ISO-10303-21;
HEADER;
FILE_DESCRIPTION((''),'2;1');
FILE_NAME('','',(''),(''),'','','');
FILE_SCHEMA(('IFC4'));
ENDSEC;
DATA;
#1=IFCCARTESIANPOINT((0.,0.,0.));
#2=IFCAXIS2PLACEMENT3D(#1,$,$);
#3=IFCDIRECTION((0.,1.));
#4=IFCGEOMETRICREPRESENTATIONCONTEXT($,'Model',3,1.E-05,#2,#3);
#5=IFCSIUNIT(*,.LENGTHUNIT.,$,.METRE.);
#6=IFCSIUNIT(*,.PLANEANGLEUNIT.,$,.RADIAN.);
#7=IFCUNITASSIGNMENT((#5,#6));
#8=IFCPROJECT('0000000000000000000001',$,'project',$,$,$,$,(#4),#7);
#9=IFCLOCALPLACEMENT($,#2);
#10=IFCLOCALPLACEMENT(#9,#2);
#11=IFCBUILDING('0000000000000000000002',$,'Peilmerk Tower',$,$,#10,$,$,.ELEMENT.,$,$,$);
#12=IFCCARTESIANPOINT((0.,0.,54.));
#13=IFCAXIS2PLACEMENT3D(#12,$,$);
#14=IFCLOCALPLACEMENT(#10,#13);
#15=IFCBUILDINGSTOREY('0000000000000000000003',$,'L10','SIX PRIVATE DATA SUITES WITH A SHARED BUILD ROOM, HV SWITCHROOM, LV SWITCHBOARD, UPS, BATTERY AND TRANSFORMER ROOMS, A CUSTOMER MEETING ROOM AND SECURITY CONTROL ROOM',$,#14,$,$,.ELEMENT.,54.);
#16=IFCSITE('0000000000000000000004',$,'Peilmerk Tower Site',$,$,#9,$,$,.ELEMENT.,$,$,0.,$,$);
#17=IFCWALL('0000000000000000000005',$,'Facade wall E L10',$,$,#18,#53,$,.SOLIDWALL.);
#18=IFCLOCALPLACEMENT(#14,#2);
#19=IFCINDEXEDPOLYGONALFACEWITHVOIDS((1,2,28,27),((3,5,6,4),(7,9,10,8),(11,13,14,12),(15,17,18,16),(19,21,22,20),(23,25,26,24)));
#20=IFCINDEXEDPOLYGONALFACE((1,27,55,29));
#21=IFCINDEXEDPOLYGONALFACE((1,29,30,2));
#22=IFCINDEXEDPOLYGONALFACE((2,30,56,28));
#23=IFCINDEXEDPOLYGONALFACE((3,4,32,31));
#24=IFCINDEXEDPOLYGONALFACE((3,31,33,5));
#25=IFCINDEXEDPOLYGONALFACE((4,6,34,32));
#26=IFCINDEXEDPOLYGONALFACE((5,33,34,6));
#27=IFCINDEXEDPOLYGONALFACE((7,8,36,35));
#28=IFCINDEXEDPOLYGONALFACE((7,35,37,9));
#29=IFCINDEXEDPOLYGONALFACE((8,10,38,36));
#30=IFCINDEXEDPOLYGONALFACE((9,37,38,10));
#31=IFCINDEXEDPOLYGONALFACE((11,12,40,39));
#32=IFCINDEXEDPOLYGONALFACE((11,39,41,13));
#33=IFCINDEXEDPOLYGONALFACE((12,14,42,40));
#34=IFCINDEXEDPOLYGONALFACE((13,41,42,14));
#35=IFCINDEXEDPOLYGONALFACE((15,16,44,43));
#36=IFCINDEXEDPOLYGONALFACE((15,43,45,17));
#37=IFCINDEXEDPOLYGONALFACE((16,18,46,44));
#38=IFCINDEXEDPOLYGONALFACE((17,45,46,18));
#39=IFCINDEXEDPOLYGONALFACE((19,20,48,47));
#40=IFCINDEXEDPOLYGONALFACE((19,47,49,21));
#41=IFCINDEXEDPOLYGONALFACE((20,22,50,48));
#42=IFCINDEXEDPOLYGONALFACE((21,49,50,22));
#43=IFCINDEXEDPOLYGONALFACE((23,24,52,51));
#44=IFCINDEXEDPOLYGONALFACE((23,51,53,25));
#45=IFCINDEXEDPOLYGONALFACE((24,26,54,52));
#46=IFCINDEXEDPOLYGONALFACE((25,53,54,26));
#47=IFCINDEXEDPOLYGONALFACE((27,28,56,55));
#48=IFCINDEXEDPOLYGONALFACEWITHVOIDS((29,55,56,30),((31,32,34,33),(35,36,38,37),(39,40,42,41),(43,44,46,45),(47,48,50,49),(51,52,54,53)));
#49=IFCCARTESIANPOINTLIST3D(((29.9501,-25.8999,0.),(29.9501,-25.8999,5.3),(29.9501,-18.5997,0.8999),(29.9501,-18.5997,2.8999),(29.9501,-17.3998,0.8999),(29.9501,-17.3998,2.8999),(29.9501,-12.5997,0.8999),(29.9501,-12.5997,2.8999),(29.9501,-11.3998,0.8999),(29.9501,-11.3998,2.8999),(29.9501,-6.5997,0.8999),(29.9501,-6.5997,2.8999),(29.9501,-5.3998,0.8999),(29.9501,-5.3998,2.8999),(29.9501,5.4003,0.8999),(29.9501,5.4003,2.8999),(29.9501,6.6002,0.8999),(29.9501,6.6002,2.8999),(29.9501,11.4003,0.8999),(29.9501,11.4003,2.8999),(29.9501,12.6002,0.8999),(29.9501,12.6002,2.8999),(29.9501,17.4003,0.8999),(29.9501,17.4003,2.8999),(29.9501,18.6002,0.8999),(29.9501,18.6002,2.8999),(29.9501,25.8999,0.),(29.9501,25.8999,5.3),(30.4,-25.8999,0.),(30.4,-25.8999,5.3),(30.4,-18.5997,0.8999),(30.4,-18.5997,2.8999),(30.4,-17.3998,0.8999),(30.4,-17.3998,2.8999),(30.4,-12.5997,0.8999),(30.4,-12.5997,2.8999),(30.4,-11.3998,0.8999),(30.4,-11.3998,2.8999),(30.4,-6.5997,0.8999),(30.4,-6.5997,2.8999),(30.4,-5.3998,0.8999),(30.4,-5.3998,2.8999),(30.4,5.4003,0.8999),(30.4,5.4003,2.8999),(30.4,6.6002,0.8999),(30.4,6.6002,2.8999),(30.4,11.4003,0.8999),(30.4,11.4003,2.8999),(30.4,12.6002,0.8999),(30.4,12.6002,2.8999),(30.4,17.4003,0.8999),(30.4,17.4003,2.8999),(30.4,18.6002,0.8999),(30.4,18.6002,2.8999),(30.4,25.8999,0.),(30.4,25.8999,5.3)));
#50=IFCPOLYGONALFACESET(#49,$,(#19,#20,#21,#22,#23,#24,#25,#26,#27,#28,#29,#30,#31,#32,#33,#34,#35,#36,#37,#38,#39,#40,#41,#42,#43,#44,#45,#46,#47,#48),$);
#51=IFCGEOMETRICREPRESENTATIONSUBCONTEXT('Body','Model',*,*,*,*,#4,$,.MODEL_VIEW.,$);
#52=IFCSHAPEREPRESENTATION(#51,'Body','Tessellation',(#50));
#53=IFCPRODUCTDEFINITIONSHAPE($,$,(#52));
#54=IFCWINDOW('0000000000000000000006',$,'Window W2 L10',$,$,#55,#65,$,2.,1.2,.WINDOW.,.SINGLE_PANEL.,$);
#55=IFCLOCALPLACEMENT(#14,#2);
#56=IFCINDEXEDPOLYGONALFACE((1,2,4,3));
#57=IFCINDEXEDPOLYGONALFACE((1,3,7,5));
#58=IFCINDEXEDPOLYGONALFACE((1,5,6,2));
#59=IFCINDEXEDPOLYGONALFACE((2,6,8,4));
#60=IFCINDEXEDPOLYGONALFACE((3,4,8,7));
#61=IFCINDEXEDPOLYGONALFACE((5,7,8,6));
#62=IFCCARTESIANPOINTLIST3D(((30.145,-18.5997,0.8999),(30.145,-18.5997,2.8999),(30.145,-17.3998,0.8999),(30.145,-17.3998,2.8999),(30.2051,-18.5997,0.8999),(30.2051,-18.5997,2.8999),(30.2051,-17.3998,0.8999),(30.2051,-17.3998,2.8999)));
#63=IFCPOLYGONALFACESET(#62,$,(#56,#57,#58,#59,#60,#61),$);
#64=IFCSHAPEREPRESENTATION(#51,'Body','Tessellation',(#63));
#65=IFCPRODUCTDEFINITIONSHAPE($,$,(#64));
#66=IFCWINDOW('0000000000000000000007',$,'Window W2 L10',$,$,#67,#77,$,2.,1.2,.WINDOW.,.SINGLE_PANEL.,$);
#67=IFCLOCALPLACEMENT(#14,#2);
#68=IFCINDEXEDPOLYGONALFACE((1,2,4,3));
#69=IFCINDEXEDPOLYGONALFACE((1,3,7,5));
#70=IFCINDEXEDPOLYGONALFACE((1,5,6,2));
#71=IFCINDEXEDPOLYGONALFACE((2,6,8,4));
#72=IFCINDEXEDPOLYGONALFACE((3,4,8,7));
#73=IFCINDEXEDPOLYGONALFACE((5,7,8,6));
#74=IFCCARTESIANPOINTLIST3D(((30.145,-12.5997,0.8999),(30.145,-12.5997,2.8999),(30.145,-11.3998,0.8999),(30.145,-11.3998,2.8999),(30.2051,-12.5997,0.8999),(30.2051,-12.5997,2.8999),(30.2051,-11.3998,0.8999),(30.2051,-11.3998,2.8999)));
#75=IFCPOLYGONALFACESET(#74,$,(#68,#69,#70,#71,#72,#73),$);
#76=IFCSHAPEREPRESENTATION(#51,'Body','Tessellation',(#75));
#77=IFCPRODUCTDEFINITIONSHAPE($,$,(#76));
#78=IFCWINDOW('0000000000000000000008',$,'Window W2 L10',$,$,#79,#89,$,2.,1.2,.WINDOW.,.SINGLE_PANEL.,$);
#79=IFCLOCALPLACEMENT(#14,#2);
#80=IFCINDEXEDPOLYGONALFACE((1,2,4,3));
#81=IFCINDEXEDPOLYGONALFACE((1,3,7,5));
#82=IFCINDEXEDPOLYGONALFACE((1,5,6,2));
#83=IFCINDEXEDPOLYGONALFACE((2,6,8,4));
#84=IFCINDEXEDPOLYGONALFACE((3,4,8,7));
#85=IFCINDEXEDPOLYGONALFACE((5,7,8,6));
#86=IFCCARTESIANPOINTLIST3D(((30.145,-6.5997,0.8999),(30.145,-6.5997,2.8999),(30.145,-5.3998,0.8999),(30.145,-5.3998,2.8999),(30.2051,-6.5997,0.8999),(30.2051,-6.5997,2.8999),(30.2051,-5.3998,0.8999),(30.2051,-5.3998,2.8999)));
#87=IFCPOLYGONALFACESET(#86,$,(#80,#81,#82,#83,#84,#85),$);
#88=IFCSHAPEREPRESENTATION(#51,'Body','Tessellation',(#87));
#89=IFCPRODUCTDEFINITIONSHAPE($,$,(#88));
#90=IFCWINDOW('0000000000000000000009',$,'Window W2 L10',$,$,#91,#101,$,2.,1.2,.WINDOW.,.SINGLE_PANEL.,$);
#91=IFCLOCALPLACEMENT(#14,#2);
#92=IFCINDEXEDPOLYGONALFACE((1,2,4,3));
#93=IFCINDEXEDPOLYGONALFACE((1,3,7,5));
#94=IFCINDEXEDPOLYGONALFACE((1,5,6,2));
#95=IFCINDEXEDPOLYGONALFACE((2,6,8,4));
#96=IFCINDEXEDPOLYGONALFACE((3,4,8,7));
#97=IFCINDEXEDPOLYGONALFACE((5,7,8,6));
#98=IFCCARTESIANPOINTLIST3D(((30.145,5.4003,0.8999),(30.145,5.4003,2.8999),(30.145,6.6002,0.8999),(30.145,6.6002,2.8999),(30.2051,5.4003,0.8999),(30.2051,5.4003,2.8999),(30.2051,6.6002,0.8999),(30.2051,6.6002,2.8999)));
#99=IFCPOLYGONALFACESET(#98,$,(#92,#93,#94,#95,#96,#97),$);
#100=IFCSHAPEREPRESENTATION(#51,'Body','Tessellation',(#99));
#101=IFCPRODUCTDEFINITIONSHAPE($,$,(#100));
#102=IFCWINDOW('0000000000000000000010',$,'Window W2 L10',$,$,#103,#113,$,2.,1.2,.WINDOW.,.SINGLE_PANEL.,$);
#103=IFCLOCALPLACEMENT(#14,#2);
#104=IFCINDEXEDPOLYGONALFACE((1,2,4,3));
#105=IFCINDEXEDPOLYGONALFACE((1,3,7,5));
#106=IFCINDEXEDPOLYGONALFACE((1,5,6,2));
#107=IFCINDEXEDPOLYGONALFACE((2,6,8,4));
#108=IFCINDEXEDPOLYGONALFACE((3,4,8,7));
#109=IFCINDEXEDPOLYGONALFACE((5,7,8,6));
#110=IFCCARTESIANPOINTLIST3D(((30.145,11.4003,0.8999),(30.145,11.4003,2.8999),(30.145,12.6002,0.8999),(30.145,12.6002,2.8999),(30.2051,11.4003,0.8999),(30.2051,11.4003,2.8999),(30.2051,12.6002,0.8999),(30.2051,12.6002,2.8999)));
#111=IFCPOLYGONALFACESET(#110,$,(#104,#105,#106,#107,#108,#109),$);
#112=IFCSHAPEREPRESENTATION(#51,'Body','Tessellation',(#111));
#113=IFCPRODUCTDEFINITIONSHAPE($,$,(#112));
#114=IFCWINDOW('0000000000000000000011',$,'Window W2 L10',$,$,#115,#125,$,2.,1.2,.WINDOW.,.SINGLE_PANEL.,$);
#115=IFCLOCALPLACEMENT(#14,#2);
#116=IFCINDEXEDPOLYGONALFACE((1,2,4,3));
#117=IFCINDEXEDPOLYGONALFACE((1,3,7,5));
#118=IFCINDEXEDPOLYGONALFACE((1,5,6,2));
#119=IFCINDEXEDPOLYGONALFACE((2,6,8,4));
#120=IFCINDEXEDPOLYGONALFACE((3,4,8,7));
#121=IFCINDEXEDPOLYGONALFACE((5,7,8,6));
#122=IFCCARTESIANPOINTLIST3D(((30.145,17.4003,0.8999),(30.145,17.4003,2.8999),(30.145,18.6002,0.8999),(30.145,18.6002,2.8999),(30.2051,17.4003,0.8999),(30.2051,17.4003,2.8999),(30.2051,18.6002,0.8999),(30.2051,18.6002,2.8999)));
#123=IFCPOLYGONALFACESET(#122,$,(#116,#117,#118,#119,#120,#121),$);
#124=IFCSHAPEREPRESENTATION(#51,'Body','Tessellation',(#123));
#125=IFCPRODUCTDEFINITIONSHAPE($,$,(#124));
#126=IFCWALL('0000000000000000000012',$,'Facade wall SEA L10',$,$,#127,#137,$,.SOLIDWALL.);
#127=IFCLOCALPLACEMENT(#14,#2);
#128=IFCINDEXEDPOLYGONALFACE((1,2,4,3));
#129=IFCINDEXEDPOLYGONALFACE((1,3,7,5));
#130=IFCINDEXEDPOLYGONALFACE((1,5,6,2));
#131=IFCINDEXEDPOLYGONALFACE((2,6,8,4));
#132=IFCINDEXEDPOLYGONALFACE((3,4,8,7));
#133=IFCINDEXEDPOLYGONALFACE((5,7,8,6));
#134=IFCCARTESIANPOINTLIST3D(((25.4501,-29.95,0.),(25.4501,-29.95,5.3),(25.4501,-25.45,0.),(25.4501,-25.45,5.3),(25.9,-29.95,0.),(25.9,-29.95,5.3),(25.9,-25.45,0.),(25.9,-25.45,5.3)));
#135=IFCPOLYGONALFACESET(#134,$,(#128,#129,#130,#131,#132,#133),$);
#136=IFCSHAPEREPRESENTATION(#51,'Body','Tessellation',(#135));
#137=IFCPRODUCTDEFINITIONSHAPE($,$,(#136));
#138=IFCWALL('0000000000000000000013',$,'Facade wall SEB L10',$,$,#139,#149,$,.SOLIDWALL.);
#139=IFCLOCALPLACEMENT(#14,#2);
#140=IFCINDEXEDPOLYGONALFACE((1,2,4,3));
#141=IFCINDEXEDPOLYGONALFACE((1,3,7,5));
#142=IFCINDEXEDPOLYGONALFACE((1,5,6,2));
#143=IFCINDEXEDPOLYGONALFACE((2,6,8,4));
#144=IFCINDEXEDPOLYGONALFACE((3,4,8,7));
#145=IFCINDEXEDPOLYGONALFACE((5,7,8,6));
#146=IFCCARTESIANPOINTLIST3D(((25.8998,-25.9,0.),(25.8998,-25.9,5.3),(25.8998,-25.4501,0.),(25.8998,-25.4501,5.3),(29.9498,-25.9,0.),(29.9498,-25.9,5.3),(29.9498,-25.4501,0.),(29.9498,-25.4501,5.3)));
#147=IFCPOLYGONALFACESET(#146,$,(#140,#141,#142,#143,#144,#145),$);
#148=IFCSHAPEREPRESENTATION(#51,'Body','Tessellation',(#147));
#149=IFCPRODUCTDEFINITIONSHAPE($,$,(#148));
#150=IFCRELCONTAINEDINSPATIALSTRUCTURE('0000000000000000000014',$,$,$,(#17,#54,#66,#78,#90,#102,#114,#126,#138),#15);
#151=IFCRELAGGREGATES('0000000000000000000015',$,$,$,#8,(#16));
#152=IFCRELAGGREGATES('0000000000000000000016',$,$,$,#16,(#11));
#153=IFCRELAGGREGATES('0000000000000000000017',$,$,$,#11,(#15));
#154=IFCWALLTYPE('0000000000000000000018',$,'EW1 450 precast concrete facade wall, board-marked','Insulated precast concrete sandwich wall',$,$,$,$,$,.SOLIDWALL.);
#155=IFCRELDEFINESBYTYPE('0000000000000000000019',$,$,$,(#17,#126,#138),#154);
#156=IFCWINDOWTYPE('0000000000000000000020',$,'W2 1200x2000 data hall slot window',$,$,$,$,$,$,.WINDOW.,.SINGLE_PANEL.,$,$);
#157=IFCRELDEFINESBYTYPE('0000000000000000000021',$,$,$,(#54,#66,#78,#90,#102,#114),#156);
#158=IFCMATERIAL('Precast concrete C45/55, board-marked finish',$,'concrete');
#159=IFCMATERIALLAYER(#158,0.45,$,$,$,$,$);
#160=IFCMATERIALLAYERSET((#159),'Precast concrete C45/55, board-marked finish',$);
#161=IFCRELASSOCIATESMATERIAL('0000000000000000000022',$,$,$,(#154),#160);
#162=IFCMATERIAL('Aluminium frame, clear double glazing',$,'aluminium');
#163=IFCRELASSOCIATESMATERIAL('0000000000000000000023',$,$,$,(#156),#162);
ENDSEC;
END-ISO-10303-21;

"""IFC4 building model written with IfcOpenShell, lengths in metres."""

from ifc_helpers import new_model, si_unit, direction, frame, frame_2d, origin, place, context, subcontext, project, spatial, rectangle, extrude, material, layer, layer_set, type_object, element, fill, save


model = new_model("IFC4")

# Units and contexts
model_context = context("Model", 3, precision=1e-05, world=origin(), true_north=direction((0.0, 1.0)))
body_context = subcontext(model_context, "Body", "Model", "MODEL_VIEW")
ifc_project = project(units=[si_unit("LENGTHUNIT", "METRE"), si_unit("PLANEANGLEUNIT", "RADIAN")], contexts=[model_context])

# Site, building, storey
site_placement = place(None, origin())
site = spatial("IfcSite", under=ifc_project, at=site_placement, Name="Peilmerk Tower Site", CompositionType="ELEMENT", RefElevation=0.0)
building_placement = place(site_placement, origin())
building = spatial("IfcBuilding", under=site, at=building_placement, Name="Peilmerk Tower", CompositionType="ELEMENT")
storey_placement = place(building_placement, frame((0.0, 0.0, 54.0)))
storey = spatial("IfcBuildingStorey", under=building, at=storey_placement, Name="L10", Description="SIX PRIVATE DATA SUITES WITH A SHARED BUILD ROOM, HV SWITCHROOM, LV SWITCHBOARD, UPS, BATTERY AND TRANSFORMER ROOMS, A CUSTOMER MEETING ROOM AND SECURITY CONTROL ROOM", CompositionType="ELEMENT", Elevation=54.0)

# Wall, openings, windows
ifc_material_1 = material(Name="Precast concrete C45/55, board-marked finish", Category="concrete")
ifc_layer = layer(ifc_material_1, 0.45)
ifc_layer_set = layer_set([ifc_layer], Name="Precast concrete C45/55, board-marked finish")
wall_type = type_object("IfcWallType", Name="EW1 450 precast concrete facade wall, board-marked", Description="Insulated precast concrete sandwich wall", PredefinedType="SOLIDWALL", material=ifc_layer_set)
wall_1_placement = place(storey_placement, frame((30.175, -25.8999, 0.0), z_axis=(0.0, 0.0, 1.0), x_axis=(0.0, 1.0, 0.0)))
wall_1 = element("IfcWall", 1, at=wall_1_placement, inside=storey, type_object=wall_type, Name="Facade wall E L10", PredefinedType="SOLIDWALL", context=body_context, shape_type="SweptSolid", body=[
    extrude(rectangle(XDim=51.7998, YDim=0.45, at=frame_2d((25.8999, 0.0))), origin(), (0.0, 0.0, 1.0), 5.3),
])
opening_1_placement = place(wall_1_placement, frame((7.3, 0.0, 0.8999)))
opening_1 = element("IfcOpeningElement", 2, at=opening_1_placement, cuts=wall_1, PredefinedType="OPENING", context=body_context, shape_type="SweptSolid", body=[
    extrude(rectangle(XDim=1.2, YDim=2.0, at=frame_2d((0.6001, 1.0))), frame((0.0, 0.2349, 0.0), z_axis=(0.0, -1.0, 0.0), x_axis=(1.0, 0.0, 0.0)), (0.0, 0.0, 1.0), 0.47),
])
opening_2_placement = place(wall_1_placement, frame((13.3, 0.0, 0.8999)))
opening_2 = element("IfcOpeningElement", 3, at=opening_2_placement, cuts=wall_1, PredefinedType="OPENING", context=body_context, shape_type="SweptSolid", body=[
    extrude(rectangle(XDim=1.2, YDim=2.0, at=frame_2d((0.6001, 1.0))), frame((0.0, 0.2349, 0.0), z_axis=(0.0, -1.0, 0.0), x_axis=(1.0, 0.0, 0.0)), (0.0, 0.0, 1.0), 0.47),
])
opening_3_placement = place(wall_1_placement, frame((19.3, 0.0, 0.8999)))
opening_3 = element("IfcOpeningElement", 4, at=opening_3_placement, cuts=wall_1, PredefinedType="OPENING", context=body_context, shape_type="SweptSolid", body=[
    extrude(rectangle(XDim=1.2, YDim=2.0, at=frame_2d((0.6001, 1.0))), frame((0.0, 0.2349, 0.0), z_axis=(0.0, -1.0, 0.0), x_axis=(1.0, 0.0, 0.0)), (0.0, 0.0, 1.0), 0.47),
])
opening_4_placement = place(wall_1_placement, frame((31.3, 0.0, 0.8999)))
opening_4 = element("IfcOpeningElement", 5, at=opening_4_placement, cuts=wall_1, PredefinedType="OPENING", context=body_context, shape_type="SweptSolid", body=[
    extrude(rectangle(XDim=1.2, YDim=2.0, at=frame_2d((0.6001, 1.0))), frame((0.0, 0.2349, 0.0), z_axis=(0.0, -1.0, 0.0), x_axis=(1.0, 0.0, 0.0)), (0.0, 0.0, 1.0), 0.47),
])
opening_5_placement = place(wall_1_placement, frame((37.3, 0.0, 0.8999)))
opening_5 = element("IfcOpeningElement", 6, at=opening_5_placement, cuts=wall_1, PredefinedType="OPENING", context=body_context, shape_type="SweptSolid", body=[
    extrude(rectangle(XDim=1.2, YDim=2.0, at=frame_2d((0.6001, 1.0))), frame((0.0, 0.2349, 0.0), z_axis=(0.0, -1.0, 0.0), x_axis=(1.0, 0.0, 0.0)), (0.0, 0.0, 1.0), 0.47),
])
opening_6_placement = place(wall_1_placement, frame((43.3, 0.0, 0.8999)))
opening_6 = element("IfcOpeningElement", 7, at=opening_6_placement, cuts=wall_1, PredefinedType="OPENING", context=body_context, shape_type="SweptSolid", body=[
    extrude(rectangle(XDim=1.2, YDim=2.0, at=frame_2d((0.6001, 1.0))), frame((0.0, 0.2349, 0.0), z_axis=(0.0, -1.0, 0.0), x_axis=(1.0, 0.0, 0.0)), (0.0, 0.0, 1.0), 0.47),
])
ifc_material_2 = material(Name="Aluminium frame, clear double glazing", Category="aluminium")
window_type = type_object("IfcWindowType", Name="W2 1200x2000 data hall slot window", PartitioningType="SINGLE_PANEL", PredefinedType="WINDOW", material=ifc_material_2)
window_1_placement = place(opening_1_placement, origin())
window_1 = element("IfcWindow", 8, at=window_1_placement, inside=storey, type_object=window_type, Name="Window W2 L10", OverallHeight=2.0, OverallWidth=1.2, PartitioningType="SINGLE_PANEL", PredefinedType="WINDOW", context=body_context, shape_type="SweptSolid", body=[
    extrude(rectangle(XDim=1.2, YDim=2.0, at=frame_2d((0.6001, 1.0))), frame((0.0, 0.03, 0.0), z_axis=(0.0, -1.0, 0.0), x_axis=(1.0, 0.0, 0.0)), (0.0, 0.0, 1.0), 0.0601),
])
fill(opening_1, window_1)
window_2_placement = place(opening_2_placement, origin())
window_2 = element("IfcWindow", 9, at=window_2_placement, inside=storey, type_object=window_type, Name="Window W2 L10", OverallHeight=2.0, OverallWidth=1.2, PartitioningType="SINGLE_PANEL", PredefinedType="WINDOW", context=body_context, shape_type="SweptSolid", body=[
    extrude(rectangle(XDim=1.2, YDim=2.0, at=frame_2d((0.6001, 1.0))), frame((0.0, 0.03, 0.0), z_axis=(0.0, -1.0, 0.0), x_axis=(1.0, 0.0, 0.0)), (0.0, 0.0, 1.0), 0.0601),
])
fill(opening_2, window_2)
window_3_placement = place(opening_3_placement, origin())
window_3 = element("IfcWindow", 10, at=window_3_placement, inside=storey, type_object=window_type, Name="Window W2 L10", OverallHeight=2.0, OverallWidth=1.2, PartitioningType="SINGLE_PANEL", PredefinedType="WINDOW", context=body_context, shape_type="SweptSolid", body=[
    extrude(rectangle(XDim=1.2, YDim=2.0, at=frame_2d((0.6001, 1.0))), frame((0.0, 0.03, 0.0), z_axis=(0.0, -1.0, 0.0), x_axis=(1.0, 0.0, 0.0)), (0.0, 0.0, 1.0), 0.0601),
])
fill(opening_3, window_3)
window_4_placement = place(opening_4_placement, origin())
window_4 = element("IfcWindow", 11, at=window_4_placement, inside=storey, type_object=window_type, Name="Window W2 L10", OverallHeight=2.0, OverallWidth=1.2, PartitioningType="SINGLE_PANEL", PredefinedType="WINDOW", context=body_context, shape_type="SweptSolid", body=[
    extrude(rectangle(XDim=1.2, YDim=2.0, at=frame_2d((0.6001, 1.0))), frame((0.0, 0.03, 0.0), z_axis=(0.0, -1.0, 0.0), x_axis=(1.0, 0.0, 0.0)), (0.0, 0.0, 1.0), 0.0601),
])
fill(opening_4, window_4)
window_5_placement = place(opening_5_placement, origin())
window_5 = element("IfcWindow", 12, at=window_5_placement, inside=storey, type_object=window_type, Name="Window W2 L10", OverallHeight=2.0, OverallWidth=1.2, PartitioningType="SINGLE_PANEL", PredefinedType="WINDOW", context=body_context, shape_type="SweptSolid", body=[
    extrude(rectangle(XDim=1.2, YDim=2.0, at=frame_2d((0.6001, 1.0))), frame((0.0, 0.03, 0.0), z_axis=(0.0, -1.0, 0.0), x_axis=(1.0, 0.0, 0.0)), (0.0, 0.0, 1.0), 0.0601),
])
fill(opening_5, window_5)
window_6_placement = place(opening_6_placement, origin())
window_6 = element("IfcWindow", 13, at=window_6_placement, inside=storey, type_object=window_type, Name="Window W2 L10", OverallHeight=2.0, OverallWidth=1.2, PartitioningType="SINGLE_PANEL", PredefinedType="WINDOW", context=body_context, shape_type="SweptSolid", body=[
    extrude(rectangle(XDim=1.2, YDim=2.0, at=frame_2d((0.6001, 1.0))), frame((0.0, 0.03, 0.0), z_axis=(0.0, -1.0, 0.0), x_axis=(1.0, 0.0, 0.0)), (0.0, 0.0, 1.0), 0.0601),
])
fill(opening_6, window_6)

# Walls
wall_2_placement = place(storey_placement, frame((25.675, -25.45, 0.0), z_axis=(0.0, 0.0, 1.0), x_axis=(0.0, -1.0, 0.0)))
element("IfcWall", 14, at=wall_2_placement, inside=storey, type_object=wall_type, Name="Facade wall SEA L10", PredefinedType="SOLIDWALL", context=body_context, shape_type="SweptSolid", body=[
    extrude(rectangle(XDim=4.5, YDim=0.45, at=frame_2d((2.25, 0.0))), origin(), (0.0, 0.0, 1.0), 5.3),
])
wall_3_placement = place(storey_placement, frame((25.8999, -25.675, 0.0), z_axis=(0.0, 0.0, 1.0), x_axis=(1.0, 0.0, 0.0)))
element("IfcWall", 15, at=wall_3_placement, inside=storey, type_object=wall_type, Name="Facade wall SEB L10", PredefinedType="SOLIDWALL", context=body_context, shape_type="SweptSolid", body=[
    extrude(rectangle(XDim=4.05, YDim=0.45, at=frame_2d((2.0249, 0.0))), origin(), (0.0, 0.0, 1.0), 5.3),
])

save(model, "model.ifc")
